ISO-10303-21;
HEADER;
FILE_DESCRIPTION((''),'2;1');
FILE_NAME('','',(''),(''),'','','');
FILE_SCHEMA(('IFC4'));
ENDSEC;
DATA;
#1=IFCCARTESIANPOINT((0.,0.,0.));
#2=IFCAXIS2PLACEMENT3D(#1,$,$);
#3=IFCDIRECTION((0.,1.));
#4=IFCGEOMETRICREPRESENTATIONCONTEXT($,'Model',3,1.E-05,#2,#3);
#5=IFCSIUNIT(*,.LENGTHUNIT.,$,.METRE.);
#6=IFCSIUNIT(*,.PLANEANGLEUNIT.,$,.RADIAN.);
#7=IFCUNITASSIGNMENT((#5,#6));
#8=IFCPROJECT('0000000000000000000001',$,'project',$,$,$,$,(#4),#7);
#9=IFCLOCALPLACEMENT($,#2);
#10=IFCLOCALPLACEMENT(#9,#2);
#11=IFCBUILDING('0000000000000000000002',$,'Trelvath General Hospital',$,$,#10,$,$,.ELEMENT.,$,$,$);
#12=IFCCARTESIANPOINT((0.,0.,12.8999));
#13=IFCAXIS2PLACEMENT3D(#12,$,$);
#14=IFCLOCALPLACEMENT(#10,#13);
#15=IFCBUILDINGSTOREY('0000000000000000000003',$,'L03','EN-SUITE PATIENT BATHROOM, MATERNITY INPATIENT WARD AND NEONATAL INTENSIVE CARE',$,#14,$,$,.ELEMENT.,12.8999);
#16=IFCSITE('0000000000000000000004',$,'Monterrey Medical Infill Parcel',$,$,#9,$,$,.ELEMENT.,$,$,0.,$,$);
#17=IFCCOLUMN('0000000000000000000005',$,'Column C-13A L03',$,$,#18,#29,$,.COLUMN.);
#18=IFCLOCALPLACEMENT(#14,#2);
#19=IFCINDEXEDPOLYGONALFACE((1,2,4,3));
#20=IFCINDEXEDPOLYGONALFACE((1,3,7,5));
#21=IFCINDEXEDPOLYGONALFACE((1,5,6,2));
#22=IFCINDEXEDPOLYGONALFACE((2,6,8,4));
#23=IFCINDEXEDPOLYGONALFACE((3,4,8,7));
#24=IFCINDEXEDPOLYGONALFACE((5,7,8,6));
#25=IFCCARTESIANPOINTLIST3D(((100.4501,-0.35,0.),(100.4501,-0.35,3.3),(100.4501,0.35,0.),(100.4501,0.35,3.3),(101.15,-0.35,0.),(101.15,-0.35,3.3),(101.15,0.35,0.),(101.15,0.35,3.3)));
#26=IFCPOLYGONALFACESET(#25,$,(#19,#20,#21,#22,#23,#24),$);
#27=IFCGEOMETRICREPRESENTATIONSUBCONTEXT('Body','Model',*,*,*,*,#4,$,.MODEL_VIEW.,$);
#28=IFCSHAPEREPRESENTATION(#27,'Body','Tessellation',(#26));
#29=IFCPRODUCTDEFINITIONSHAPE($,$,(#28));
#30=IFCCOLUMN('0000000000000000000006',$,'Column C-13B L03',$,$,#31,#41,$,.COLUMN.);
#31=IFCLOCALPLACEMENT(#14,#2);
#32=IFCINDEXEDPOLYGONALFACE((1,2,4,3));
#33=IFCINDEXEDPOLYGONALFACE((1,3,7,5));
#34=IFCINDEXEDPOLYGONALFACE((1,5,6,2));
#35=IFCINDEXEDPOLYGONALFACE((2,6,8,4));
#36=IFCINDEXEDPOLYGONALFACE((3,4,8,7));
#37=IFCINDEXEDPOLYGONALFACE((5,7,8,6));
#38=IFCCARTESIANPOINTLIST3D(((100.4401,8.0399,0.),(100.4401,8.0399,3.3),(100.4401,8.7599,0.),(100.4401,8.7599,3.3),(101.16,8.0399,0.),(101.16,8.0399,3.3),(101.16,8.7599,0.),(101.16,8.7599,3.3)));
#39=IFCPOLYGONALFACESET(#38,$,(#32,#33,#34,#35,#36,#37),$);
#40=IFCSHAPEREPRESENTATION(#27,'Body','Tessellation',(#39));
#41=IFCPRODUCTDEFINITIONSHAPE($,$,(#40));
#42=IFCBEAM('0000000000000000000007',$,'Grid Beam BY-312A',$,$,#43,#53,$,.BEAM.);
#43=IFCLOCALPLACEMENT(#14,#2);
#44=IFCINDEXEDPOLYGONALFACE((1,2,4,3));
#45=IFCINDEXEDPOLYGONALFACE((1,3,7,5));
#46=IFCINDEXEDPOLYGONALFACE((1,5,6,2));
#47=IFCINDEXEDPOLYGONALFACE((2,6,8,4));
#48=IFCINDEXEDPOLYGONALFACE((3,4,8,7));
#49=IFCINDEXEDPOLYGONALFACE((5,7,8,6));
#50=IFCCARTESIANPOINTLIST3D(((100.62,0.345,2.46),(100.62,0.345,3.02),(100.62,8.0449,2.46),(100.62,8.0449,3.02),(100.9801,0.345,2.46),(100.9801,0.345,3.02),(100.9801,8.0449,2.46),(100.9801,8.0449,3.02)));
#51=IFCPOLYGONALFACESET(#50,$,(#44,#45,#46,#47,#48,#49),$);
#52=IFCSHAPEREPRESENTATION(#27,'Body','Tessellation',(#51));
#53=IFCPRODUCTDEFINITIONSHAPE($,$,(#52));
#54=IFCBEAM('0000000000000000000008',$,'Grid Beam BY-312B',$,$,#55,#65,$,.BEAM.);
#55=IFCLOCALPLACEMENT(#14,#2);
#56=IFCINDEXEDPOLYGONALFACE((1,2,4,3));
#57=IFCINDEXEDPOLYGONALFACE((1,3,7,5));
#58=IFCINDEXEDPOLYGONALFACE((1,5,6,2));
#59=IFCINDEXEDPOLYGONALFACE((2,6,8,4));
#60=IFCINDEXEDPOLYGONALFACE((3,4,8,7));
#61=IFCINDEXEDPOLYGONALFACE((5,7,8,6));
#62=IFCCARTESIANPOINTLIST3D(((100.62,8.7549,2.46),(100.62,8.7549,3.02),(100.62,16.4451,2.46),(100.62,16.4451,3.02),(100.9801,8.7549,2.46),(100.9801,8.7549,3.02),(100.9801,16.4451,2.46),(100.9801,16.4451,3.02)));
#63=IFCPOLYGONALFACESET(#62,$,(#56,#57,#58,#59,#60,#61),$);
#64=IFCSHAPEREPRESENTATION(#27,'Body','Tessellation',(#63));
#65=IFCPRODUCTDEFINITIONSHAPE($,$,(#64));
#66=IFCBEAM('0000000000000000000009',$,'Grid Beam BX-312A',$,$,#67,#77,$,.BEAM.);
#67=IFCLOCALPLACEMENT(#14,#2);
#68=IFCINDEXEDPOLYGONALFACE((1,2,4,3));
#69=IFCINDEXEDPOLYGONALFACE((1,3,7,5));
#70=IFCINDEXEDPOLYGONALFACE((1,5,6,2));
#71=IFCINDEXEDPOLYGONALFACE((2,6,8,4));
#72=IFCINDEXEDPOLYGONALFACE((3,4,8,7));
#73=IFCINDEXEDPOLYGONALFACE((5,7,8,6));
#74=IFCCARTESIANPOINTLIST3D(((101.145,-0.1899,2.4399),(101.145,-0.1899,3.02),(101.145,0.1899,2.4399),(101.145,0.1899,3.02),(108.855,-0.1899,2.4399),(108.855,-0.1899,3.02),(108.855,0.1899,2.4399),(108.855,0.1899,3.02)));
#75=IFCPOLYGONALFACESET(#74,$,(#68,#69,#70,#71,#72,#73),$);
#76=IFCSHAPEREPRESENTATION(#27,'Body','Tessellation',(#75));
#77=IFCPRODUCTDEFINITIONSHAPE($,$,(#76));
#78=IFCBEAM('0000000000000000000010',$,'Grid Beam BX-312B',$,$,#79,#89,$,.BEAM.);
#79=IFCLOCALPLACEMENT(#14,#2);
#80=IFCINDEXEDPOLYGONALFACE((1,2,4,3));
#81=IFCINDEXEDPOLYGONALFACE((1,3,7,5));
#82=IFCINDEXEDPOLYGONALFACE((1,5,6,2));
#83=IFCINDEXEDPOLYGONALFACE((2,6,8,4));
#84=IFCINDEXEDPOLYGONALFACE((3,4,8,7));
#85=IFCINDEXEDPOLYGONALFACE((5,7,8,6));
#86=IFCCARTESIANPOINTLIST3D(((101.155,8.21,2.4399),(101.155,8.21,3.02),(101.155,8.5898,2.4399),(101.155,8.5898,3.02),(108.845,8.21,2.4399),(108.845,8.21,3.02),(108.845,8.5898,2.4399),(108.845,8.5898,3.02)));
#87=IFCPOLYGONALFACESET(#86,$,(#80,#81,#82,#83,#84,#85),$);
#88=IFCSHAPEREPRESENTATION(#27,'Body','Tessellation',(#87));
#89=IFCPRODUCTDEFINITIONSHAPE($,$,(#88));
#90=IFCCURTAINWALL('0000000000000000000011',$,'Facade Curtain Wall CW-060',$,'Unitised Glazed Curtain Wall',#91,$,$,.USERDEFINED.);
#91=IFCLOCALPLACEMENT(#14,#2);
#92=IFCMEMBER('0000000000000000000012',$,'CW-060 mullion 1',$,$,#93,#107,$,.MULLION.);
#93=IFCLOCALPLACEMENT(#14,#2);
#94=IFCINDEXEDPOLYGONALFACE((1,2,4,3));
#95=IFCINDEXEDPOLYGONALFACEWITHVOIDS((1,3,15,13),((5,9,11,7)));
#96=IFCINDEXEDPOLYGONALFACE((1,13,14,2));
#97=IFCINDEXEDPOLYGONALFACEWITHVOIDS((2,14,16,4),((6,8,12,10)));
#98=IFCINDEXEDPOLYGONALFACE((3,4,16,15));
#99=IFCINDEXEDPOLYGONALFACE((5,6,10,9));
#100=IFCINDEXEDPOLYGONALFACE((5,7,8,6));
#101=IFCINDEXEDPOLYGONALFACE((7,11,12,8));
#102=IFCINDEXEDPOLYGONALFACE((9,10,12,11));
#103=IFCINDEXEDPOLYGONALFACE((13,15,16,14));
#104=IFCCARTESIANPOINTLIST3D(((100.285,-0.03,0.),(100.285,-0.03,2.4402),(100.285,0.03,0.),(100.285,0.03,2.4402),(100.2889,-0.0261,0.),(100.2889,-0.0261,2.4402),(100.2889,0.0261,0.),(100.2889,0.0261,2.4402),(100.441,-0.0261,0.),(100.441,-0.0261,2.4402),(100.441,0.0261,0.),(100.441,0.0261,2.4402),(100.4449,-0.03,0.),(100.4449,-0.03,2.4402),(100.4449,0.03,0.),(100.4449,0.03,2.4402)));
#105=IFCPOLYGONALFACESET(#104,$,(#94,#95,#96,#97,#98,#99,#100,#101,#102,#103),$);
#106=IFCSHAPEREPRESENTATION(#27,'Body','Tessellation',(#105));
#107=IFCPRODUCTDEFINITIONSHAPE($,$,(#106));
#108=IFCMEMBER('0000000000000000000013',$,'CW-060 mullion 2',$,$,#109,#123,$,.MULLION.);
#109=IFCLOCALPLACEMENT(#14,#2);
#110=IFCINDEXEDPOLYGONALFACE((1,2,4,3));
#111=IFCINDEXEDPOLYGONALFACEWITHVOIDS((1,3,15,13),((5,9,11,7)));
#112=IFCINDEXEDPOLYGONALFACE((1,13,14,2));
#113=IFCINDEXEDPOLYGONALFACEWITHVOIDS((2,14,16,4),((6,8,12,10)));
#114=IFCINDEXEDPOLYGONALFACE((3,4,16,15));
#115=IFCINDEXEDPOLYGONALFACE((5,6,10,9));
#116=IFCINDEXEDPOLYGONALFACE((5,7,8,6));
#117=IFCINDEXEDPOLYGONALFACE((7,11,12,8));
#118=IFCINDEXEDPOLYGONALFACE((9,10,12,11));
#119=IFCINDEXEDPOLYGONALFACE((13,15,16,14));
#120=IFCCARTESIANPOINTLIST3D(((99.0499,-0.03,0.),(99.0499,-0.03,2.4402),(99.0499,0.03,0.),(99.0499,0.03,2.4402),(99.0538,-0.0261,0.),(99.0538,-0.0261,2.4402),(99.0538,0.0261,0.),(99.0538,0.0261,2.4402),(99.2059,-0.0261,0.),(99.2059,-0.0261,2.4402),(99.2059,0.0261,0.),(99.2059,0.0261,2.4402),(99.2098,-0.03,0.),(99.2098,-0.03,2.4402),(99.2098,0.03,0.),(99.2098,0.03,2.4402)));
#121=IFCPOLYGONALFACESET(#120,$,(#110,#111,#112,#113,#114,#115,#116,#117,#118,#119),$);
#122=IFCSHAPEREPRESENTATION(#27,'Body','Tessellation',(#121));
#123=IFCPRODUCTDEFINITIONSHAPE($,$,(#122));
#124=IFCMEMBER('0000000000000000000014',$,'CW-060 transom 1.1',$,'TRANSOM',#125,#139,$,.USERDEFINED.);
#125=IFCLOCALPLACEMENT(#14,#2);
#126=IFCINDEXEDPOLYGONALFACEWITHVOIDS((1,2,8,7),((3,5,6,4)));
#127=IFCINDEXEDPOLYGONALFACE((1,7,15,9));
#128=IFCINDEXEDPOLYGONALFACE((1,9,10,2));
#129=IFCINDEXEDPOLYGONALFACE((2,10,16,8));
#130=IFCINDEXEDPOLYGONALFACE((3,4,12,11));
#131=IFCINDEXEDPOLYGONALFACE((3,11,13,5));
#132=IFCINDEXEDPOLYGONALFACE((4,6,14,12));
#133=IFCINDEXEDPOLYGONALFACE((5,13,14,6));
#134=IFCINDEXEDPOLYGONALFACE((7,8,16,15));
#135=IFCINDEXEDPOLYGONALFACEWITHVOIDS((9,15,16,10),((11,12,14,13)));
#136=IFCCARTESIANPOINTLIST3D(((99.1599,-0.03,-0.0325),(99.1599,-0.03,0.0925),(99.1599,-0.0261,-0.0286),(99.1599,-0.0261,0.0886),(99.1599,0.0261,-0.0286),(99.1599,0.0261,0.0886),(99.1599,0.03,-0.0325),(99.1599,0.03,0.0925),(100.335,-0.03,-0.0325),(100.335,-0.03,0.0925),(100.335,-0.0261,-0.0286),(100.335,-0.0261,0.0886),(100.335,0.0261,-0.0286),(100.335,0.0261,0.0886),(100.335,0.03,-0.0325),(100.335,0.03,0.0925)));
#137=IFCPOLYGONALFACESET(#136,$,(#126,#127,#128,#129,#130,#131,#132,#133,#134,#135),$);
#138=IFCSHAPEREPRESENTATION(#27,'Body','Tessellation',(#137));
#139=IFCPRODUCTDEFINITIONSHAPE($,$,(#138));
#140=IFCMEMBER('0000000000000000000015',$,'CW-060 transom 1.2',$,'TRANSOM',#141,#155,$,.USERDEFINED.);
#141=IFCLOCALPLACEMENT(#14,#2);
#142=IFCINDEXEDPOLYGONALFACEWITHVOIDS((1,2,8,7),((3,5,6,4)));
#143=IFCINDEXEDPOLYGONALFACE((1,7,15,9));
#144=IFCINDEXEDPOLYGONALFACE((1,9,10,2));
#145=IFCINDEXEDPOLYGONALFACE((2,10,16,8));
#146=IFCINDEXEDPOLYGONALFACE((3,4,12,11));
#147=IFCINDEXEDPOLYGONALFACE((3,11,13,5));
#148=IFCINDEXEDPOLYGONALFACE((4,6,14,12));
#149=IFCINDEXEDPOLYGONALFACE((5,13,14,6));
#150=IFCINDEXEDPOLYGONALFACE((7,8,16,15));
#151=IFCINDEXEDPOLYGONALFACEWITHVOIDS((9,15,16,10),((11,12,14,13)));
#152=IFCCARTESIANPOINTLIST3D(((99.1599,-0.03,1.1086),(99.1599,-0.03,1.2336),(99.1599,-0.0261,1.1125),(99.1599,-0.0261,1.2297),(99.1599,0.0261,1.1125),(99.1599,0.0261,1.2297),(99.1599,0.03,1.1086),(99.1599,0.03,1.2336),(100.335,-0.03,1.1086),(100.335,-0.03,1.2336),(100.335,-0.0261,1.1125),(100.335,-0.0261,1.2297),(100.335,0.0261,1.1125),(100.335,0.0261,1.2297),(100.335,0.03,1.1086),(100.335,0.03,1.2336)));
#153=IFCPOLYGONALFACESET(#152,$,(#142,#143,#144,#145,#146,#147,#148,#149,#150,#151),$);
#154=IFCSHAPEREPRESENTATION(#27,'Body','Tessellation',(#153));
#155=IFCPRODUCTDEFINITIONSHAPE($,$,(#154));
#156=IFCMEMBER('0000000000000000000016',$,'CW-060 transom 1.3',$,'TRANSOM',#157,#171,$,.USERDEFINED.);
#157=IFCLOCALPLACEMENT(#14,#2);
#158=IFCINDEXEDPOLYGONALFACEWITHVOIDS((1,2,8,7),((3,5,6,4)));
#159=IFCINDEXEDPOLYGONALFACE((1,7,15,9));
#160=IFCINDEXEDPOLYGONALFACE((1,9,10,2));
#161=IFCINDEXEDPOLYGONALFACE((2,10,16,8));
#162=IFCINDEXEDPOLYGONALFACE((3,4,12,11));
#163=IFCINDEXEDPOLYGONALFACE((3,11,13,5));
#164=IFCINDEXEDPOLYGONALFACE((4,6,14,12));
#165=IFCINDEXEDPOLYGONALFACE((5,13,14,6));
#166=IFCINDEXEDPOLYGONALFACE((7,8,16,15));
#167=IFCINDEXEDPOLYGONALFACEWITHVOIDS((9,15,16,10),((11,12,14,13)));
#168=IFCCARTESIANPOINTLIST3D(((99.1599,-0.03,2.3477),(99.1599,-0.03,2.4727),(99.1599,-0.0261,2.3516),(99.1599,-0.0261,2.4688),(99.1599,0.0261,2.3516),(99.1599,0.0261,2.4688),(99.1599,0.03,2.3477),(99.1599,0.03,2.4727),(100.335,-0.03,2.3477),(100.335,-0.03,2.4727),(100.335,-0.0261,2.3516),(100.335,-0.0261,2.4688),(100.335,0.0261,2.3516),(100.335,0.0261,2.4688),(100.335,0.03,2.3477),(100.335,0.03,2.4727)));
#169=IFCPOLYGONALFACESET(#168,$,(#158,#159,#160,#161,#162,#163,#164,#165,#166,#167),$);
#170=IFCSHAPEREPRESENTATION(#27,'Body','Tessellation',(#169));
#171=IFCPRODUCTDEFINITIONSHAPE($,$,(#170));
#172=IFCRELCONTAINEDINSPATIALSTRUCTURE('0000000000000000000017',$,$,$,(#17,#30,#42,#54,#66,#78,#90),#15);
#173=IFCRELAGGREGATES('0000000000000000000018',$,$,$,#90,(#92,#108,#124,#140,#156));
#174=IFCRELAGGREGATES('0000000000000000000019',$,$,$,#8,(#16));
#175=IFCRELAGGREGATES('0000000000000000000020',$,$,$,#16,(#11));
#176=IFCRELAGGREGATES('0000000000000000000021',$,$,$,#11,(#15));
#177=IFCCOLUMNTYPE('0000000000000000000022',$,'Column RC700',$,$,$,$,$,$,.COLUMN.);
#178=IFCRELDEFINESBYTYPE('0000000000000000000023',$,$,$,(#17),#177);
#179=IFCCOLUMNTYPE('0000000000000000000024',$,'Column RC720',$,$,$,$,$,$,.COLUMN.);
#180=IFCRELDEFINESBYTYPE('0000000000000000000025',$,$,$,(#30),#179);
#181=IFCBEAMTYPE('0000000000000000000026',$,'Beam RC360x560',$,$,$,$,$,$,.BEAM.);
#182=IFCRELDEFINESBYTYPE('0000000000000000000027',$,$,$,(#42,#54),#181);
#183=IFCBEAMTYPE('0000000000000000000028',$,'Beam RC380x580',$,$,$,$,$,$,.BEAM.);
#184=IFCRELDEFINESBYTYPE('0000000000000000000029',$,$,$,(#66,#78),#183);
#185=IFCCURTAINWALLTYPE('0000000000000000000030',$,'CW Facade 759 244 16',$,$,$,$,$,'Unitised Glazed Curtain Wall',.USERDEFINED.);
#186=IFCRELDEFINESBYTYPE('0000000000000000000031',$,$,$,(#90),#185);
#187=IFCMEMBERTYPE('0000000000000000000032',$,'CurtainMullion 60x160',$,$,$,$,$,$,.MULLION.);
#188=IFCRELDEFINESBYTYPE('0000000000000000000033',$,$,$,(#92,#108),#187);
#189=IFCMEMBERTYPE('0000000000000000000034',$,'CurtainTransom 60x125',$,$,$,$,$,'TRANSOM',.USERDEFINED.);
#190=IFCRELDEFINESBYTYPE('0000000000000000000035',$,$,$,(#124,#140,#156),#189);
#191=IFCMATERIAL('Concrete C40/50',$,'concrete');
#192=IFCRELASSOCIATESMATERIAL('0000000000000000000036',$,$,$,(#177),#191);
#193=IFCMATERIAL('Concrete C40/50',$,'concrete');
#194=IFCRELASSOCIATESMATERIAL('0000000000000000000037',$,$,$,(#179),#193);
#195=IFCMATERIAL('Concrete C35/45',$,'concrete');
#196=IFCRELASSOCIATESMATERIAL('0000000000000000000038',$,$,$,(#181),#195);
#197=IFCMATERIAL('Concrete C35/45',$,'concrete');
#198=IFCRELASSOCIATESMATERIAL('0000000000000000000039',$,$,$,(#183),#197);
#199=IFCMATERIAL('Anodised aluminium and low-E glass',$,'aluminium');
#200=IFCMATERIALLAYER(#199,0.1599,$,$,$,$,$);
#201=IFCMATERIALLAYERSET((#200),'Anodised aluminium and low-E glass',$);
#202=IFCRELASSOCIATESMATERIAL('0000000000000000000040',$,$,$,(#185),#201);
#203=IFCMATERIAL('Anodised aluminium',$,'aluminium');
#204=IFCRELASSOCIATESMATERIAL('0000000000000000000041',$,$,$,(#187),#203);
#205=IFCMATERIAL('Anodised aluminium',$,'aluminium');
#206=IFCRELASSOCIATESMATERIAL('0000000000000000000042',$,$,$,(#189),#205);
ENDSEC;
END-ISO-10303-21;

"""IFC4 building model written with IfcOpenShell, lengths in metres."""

from ifc_helpers import new_model, si_unit, direction, frame, origin, origin_2d, place, context, subcontext, project, spatial, rectangle, hollow_rectangle, extrude, material, layer, layer_set, material_profile, profile_set, type_object, element, aggregate, save


model = new_model("IFC4")

# Units and contexts
model_context = context("Model", 3, precision=1e-05, world=origin(), true_north=direction((0.0, 1.0)))
body_context = subcontext(model_context, "Body", "Model", "MODEL_VIEW")
ifc_project = project(units=[si_unit("LENGTHUNIT", "METRE"), si_unit("PLANEANGLEUNIT", "RADIAN")], contexts=[model_context])

# Site, building, storey
site_placement = place(None, origin())
site = spatial("IfcSite", under=ifc_project, at=site_placement, Name="Monterrey Medical Infill Parcel", CompositionType="ELEMENT", RefElevation=0.0)
building_placement = place(site_placement, origin())
building = spatial("IfcBuilding", under=site, at=building_placement, Name="Trelvath General Hospital", CompositionType="ELEMENT")
storey_placement = place(building_placement, frame((0.0, 0.0, 12.8999)))
storey = spatial("IfcBuildingStorey", under=building, at=storey_placement, Name="L03", Description="EN-SUITE PATIENT BATHROOM, MATERNITY INPATIENT WARD AND NEONATAL INTENSIVE CARE", CompositionType="ELEMENT", Elevation=12.8999)

# Columns
ifc_material_1 = material(Name="Concrete C40/50", Category="concrete")
ifc_material_profile_1 = material_profile(ifc_material_1, rectangle(XDim=0.7, YDim=0.7, at=origin_2d()), Name="RC700x700")
ifc_profile_set_1 = profile_set([ifc_material_profile_1], Name="Concrete C40/50")
column_type_1 = type_object("IfcColumnType", Name="Column RC700", PredefinedType="COLUMN", material=ifc_profile_set_1)
column_1_placement = place(storey_placement, frame((100.8, 0.0, 0.0), z_axis=(0.0, 0.0, 1.0), x_axis=(1.0, 0.0, 0.0)))
element("IfcColumn", 1, at=column_1_placement, inside=storey, type_object=column_type_1, Name="Column C-13A L03", PredefinedType="COLUMN", context=body_context, shape_type="SweptSolid", body=[
    extrude(rectangle(XDim=0.7, YDim=0.7, at=origin_2d()), origin(), (0.0, 0.0, 1.0), 3.3),
])
ifc_material_2 = material(Name="Concrete C40/50", Category="concrete")
ifc_material_profile_2 = material_profile(ifc_material_2, rectangle(XDim=0.72, YDim=0.72, at=origin_2d()), Name="RC720x720")
ifc_profile_set_2 = profile_set([ifc_material_profile_2], Name="Concrete C40/50")
column_type_2 = type_object("IfcColumnType", Name="Column RC720", PredefinedType="COLUMN", material=ifc_profile_set_2)
column_2_placement = place(storey_placement, frame((100.8, 8.3999, 0.0), z_axis=(0.0, 0.0, 1.0), x_axis=(1.0, 0.0, 0.0)))
element("IfcColumn", 2, at=column_2_placement, inside=storey, type_object=column_type_2, Name="Column C-13B L03", PredefinedType="COLUMN", context=body_context, shape_type="SweptSolid", body=[
    extrude(rectangle(XDim=0.72, YDim=0.72, at=origin_2d()), origin(), (0.0, 0.0, 1.0), 3.3),
])

# Beams
ifc_material_3 = material(Name="Concrete C35/45", Category="concrete")
ifc_material_profile_3 = material_profile(ifc_material_3, rectangle(XDim=0.3601, YDim=0.5601, at=origin_2d()), Name="RCB360x560")
ifc_profile_set_3 = profile_set([ifc_material_profile_3], Name="Concrete C35/45")
beam_type_1 = type_object("IfcBeamType", Name="Beam RC360x560", PredefinedType="BEAM", material=ifc_profile_set_3)
beam_1_placement = place(storey_placement, frame((100.8, 0.345, 2.74), z_axis=(0.0, 1.0, 0.0), x_axis=(-1.0, 0.0, 0.0)))
element("IfcBeam", 3, at=beam_1_placement, inside=storey, type_object=beam_type_1, Name="Grid Beam BY-312A", PredefinedType="BEAM", context=body_context, shape_type="SweptSolid", body=[
    extrude(rectangle(XDim=0.3601, YDim=0.5601, at=origin_2d()), origin(), (0.0, 0.0, 1.0), 7.7),
])
beam_2_placement = place(storey_placement, frame((100.8, 8.7549, 2.74), z_axis=(0.0, 1.0, 0.0), x_axis=(-1.0, 0.0, 0.0)))
element("IfcBeam", 4, at=beam_2_placement, inside=storey, type_object=beam_type_1, Name="Grid Beam BY-312B", PredefinedType="BEAM", context=body_context, shape_type="SweptSolid", body=[
    extrude(rectangle(XDim=0.3601, YDim=0.5601, at=origin_2d()), origin(), (0.0, 0.0, 1.0), 7.6902),
])
ifc_material_4 = material(Name="Concrete C35/45", Category="concrete")
ifc_material_profile_4 = material_profile(ifc_material_4, rectangle(XDim=0.3799, YDim=0.5801, at=origin_2d()), Name="RCB380x580")
ifc_profile_set_4 = profile_set([ifc_material_profile_4], Name="Concrete C35/45")
beam_type_2 = type_object("IfcBeamType", Name="Beam RC380x580", PredefinedType="BEAM", material=ifc_profile_set_4)
beam_3_placement = place(storey_placement, frame((101.145, 0.0, 2.73), z_axis=(1.0, 0.0, 0.0), x_axis=(0.0, 1.0, 0.0)))
element("IfcBeam", 5, at=beam_3_placement, inside=storey, type_object=beam_type_2, Name="Grid Beam BX-312A", PredefinedType="BEAM", context=body_context, shape_type="SweptSolid", body=[
    extrude(rectangle(XDim=0.3799, YDim=0.5801, at=origin_2d()), origin(), (0.0, 0.0, 1.0), 7.71),
])
beam_4_placement = place(storey_placement, frame((101.155, 8.3999, 2.73), z_axis=(1.0, 0.0, 0.0), x_axis=(0.0, 1.0, 0.0)))
element("IfcBeam", 6, at=beam_4_placement, inside=storey, type_object=beam_type_2, Name="Grid Beam BX-312B", PredefinedType="BEAM", context=body_context, shape_type="SweptSolid", body=[
    extrude(rectangle(XDim=0.3799, YDim=0.5801, at=origin_2d()), origin(), (0.0, 0.0, 1.0), 7.6899),
])

# Curtain wall, members
ifc_material_5 = material(Name="Anodised aluminium and low-E glass", Category="aluminium")
ifc_layer_1 = layer(ifc_material_5, 0.1599)
ifc_layer_set_1 = layer_set([ifc_layer_1], Name="Anodised aluminium and low-E glass")
curtain_wall_type = type_object("IfcCurtainWallType", Name="CW Facade 759 244 16", ElementType="Unitised Glazed Curtain Wall", PredefinedType="USERDEFINED", material=ifc_layer_set_1)
curtain_wall_placement = place(storey_placement, origin())
curtain_wall = element("IfcCurtainWall", 7, at=curtain_wall_placement, inside=storey, type_object=curtain_wall_type, Name="Facade Curtain Wall CW-060", ObjectType="Unitised Glazed Curtain Wall", PredefinedType="USERDEFINED")
ifc_material_6 = material(Name="Anodised aluminium", Category="aluminium")
ifc_material_profile_5 = material_profile(ifc_material_6, hollow_rectangle(XDim=0.0601, YDim=0.1599, WallThickness=0.0039, at=origin_2d()), Name="RHS60x160x4")
ifc_profile_set_5 = profile_set([ifc_material_profile_5], Name="Anodised aluminium")
member_type_1 = type_object("IfcMemberType", Name="CurtainMullion 60x160", PredefinedType="MULLION", material=ifc_profile_set_5)
member_1_placement = place(storey_placement, frame((100.365, 0.0, 0.0), z_axis=(0.0, 0.0, 1.0), x_axis=(0.0, -1.0, 0.0)))
member_1 = element("IfcMember", 8, at=member_1_placement, type_object=member_type_1, Name="CW-060 mullion 1", PredefinedType="MULLION", context=body_context, shape_type="SweptSolid", body=[
    extrude(hollow_rectangle(XDim=0.0601, YDim=0.1599, WallThickness=0.0039, at=origin_2d()), origin(), (0.0, 0.0, 1.0), 2.4402),
])
member_2_placement = place(storey_placement, frame((99.1299, 0.0, 0.0), z_axis=(0.0, 0.0, 1.0), x_axis=(0.0, -1.0, 0.0)))
member_2 = element("IfcMember", 9, at=member_2_placement, type_object=member_type_1, Name="CW-060 mullion 2", PredefinedType="MULLION", context=body_context, shape_type="SweptSolid", body=[
    extrude(hollow_rectangle(XDim=0.0601, YDim=0.1599, WallThickness=0.0039, at=origin_2d()), origin(), (0.0, 0.0, 1.0), 2.4402),
])
ifc_material_7 = material(Name="Anodised aluminium", Category="aluminium")
ifc_material_profile_6 = material_profile(ifc_material_7, hollow_rectangle(XDim=0.0601, YDim=0.125, WallThickness=0.0039, at=origin_2d()), Name="RHS60x125x4")
ifc_profile_set_6 = profile_set([ifc_material_profile_6], Name="Anodised aluminium")
member_type_2 = type_object("IfcMemberType", Name="CurtainTransom 60x125", ElementType="TRANSOM", PredefinedType="USERDEFINED", material=ifc_profile_set_6)
member_3_placement = place(storey_placement, frame((100.335, 0.0, 0.03), z_axis=(-1.0, 0.0, 0.0), x_axis=(0.0, -1.0, 0.0)))
member_3 = element("IfcMember", 10, at=member_3_placement, type_object=member_type_2, Name="CW-060 transom 1.1", ObjectType="TRANSOM", PredefinedType="USERDEFINED", context=body_context, shape_type="SweptSolid", body=[
    extrude(hollow_rectangle(XDim=0.0601, YDim=0.125, WallThickness=0.0039, at=origin_2d()), origin(), (0.0, 0.0, 1.0), 1.175),
])
member_4_placement = place(storey_placement, frame((100.335, 0.0, 1.1711), z_axis=(-1.0, 0.0, 0.0), x_axis=(0.0, -1.0, 0.0)))
member_4 = element("IfcMember", 11, at=member_4_placement, type_object=member_type_2, Name="CW-060 transom 1.2", ObjectType="TRANSOM", PredefinedType="USERDEFINED", context=body_context, shape_type="SweptSolid", body=[
    extrude(hollow_rectangle(XDim=0.0601, YDim=0.125, WallThickness=0.0039, at=origin_2d()), origin(), (0.0, 0.0, 1.0), 1.175),
])
member_5_placement = place(storey_placement, frame((100.335, 0.0, 2.4102), z_axis=(-1.0, 0.0, 0.0), x_axis=(0.0, -1.0, 0.0)))
member_5 = element("IfcMember", 12, at=member_5_placement, type_object=member_type_2, Name="CW-060 transom 1.3", ObjectType="TRANSOM", PredefinedType="USERDEFINED", context=body_context, shape_type="SweptSolid", body=[
    extrude(hollow_rectangle(XDim=0.0601, YDim=0.125, WallThickness=0.0039, at=origin_2d()), origin(), (0.0, 0.0, 1.0), 1.175),
])
aggregate(curtain_wall, [member_1, member_2, member_3, member_4, member_5])

save(model, "model.ifc")
